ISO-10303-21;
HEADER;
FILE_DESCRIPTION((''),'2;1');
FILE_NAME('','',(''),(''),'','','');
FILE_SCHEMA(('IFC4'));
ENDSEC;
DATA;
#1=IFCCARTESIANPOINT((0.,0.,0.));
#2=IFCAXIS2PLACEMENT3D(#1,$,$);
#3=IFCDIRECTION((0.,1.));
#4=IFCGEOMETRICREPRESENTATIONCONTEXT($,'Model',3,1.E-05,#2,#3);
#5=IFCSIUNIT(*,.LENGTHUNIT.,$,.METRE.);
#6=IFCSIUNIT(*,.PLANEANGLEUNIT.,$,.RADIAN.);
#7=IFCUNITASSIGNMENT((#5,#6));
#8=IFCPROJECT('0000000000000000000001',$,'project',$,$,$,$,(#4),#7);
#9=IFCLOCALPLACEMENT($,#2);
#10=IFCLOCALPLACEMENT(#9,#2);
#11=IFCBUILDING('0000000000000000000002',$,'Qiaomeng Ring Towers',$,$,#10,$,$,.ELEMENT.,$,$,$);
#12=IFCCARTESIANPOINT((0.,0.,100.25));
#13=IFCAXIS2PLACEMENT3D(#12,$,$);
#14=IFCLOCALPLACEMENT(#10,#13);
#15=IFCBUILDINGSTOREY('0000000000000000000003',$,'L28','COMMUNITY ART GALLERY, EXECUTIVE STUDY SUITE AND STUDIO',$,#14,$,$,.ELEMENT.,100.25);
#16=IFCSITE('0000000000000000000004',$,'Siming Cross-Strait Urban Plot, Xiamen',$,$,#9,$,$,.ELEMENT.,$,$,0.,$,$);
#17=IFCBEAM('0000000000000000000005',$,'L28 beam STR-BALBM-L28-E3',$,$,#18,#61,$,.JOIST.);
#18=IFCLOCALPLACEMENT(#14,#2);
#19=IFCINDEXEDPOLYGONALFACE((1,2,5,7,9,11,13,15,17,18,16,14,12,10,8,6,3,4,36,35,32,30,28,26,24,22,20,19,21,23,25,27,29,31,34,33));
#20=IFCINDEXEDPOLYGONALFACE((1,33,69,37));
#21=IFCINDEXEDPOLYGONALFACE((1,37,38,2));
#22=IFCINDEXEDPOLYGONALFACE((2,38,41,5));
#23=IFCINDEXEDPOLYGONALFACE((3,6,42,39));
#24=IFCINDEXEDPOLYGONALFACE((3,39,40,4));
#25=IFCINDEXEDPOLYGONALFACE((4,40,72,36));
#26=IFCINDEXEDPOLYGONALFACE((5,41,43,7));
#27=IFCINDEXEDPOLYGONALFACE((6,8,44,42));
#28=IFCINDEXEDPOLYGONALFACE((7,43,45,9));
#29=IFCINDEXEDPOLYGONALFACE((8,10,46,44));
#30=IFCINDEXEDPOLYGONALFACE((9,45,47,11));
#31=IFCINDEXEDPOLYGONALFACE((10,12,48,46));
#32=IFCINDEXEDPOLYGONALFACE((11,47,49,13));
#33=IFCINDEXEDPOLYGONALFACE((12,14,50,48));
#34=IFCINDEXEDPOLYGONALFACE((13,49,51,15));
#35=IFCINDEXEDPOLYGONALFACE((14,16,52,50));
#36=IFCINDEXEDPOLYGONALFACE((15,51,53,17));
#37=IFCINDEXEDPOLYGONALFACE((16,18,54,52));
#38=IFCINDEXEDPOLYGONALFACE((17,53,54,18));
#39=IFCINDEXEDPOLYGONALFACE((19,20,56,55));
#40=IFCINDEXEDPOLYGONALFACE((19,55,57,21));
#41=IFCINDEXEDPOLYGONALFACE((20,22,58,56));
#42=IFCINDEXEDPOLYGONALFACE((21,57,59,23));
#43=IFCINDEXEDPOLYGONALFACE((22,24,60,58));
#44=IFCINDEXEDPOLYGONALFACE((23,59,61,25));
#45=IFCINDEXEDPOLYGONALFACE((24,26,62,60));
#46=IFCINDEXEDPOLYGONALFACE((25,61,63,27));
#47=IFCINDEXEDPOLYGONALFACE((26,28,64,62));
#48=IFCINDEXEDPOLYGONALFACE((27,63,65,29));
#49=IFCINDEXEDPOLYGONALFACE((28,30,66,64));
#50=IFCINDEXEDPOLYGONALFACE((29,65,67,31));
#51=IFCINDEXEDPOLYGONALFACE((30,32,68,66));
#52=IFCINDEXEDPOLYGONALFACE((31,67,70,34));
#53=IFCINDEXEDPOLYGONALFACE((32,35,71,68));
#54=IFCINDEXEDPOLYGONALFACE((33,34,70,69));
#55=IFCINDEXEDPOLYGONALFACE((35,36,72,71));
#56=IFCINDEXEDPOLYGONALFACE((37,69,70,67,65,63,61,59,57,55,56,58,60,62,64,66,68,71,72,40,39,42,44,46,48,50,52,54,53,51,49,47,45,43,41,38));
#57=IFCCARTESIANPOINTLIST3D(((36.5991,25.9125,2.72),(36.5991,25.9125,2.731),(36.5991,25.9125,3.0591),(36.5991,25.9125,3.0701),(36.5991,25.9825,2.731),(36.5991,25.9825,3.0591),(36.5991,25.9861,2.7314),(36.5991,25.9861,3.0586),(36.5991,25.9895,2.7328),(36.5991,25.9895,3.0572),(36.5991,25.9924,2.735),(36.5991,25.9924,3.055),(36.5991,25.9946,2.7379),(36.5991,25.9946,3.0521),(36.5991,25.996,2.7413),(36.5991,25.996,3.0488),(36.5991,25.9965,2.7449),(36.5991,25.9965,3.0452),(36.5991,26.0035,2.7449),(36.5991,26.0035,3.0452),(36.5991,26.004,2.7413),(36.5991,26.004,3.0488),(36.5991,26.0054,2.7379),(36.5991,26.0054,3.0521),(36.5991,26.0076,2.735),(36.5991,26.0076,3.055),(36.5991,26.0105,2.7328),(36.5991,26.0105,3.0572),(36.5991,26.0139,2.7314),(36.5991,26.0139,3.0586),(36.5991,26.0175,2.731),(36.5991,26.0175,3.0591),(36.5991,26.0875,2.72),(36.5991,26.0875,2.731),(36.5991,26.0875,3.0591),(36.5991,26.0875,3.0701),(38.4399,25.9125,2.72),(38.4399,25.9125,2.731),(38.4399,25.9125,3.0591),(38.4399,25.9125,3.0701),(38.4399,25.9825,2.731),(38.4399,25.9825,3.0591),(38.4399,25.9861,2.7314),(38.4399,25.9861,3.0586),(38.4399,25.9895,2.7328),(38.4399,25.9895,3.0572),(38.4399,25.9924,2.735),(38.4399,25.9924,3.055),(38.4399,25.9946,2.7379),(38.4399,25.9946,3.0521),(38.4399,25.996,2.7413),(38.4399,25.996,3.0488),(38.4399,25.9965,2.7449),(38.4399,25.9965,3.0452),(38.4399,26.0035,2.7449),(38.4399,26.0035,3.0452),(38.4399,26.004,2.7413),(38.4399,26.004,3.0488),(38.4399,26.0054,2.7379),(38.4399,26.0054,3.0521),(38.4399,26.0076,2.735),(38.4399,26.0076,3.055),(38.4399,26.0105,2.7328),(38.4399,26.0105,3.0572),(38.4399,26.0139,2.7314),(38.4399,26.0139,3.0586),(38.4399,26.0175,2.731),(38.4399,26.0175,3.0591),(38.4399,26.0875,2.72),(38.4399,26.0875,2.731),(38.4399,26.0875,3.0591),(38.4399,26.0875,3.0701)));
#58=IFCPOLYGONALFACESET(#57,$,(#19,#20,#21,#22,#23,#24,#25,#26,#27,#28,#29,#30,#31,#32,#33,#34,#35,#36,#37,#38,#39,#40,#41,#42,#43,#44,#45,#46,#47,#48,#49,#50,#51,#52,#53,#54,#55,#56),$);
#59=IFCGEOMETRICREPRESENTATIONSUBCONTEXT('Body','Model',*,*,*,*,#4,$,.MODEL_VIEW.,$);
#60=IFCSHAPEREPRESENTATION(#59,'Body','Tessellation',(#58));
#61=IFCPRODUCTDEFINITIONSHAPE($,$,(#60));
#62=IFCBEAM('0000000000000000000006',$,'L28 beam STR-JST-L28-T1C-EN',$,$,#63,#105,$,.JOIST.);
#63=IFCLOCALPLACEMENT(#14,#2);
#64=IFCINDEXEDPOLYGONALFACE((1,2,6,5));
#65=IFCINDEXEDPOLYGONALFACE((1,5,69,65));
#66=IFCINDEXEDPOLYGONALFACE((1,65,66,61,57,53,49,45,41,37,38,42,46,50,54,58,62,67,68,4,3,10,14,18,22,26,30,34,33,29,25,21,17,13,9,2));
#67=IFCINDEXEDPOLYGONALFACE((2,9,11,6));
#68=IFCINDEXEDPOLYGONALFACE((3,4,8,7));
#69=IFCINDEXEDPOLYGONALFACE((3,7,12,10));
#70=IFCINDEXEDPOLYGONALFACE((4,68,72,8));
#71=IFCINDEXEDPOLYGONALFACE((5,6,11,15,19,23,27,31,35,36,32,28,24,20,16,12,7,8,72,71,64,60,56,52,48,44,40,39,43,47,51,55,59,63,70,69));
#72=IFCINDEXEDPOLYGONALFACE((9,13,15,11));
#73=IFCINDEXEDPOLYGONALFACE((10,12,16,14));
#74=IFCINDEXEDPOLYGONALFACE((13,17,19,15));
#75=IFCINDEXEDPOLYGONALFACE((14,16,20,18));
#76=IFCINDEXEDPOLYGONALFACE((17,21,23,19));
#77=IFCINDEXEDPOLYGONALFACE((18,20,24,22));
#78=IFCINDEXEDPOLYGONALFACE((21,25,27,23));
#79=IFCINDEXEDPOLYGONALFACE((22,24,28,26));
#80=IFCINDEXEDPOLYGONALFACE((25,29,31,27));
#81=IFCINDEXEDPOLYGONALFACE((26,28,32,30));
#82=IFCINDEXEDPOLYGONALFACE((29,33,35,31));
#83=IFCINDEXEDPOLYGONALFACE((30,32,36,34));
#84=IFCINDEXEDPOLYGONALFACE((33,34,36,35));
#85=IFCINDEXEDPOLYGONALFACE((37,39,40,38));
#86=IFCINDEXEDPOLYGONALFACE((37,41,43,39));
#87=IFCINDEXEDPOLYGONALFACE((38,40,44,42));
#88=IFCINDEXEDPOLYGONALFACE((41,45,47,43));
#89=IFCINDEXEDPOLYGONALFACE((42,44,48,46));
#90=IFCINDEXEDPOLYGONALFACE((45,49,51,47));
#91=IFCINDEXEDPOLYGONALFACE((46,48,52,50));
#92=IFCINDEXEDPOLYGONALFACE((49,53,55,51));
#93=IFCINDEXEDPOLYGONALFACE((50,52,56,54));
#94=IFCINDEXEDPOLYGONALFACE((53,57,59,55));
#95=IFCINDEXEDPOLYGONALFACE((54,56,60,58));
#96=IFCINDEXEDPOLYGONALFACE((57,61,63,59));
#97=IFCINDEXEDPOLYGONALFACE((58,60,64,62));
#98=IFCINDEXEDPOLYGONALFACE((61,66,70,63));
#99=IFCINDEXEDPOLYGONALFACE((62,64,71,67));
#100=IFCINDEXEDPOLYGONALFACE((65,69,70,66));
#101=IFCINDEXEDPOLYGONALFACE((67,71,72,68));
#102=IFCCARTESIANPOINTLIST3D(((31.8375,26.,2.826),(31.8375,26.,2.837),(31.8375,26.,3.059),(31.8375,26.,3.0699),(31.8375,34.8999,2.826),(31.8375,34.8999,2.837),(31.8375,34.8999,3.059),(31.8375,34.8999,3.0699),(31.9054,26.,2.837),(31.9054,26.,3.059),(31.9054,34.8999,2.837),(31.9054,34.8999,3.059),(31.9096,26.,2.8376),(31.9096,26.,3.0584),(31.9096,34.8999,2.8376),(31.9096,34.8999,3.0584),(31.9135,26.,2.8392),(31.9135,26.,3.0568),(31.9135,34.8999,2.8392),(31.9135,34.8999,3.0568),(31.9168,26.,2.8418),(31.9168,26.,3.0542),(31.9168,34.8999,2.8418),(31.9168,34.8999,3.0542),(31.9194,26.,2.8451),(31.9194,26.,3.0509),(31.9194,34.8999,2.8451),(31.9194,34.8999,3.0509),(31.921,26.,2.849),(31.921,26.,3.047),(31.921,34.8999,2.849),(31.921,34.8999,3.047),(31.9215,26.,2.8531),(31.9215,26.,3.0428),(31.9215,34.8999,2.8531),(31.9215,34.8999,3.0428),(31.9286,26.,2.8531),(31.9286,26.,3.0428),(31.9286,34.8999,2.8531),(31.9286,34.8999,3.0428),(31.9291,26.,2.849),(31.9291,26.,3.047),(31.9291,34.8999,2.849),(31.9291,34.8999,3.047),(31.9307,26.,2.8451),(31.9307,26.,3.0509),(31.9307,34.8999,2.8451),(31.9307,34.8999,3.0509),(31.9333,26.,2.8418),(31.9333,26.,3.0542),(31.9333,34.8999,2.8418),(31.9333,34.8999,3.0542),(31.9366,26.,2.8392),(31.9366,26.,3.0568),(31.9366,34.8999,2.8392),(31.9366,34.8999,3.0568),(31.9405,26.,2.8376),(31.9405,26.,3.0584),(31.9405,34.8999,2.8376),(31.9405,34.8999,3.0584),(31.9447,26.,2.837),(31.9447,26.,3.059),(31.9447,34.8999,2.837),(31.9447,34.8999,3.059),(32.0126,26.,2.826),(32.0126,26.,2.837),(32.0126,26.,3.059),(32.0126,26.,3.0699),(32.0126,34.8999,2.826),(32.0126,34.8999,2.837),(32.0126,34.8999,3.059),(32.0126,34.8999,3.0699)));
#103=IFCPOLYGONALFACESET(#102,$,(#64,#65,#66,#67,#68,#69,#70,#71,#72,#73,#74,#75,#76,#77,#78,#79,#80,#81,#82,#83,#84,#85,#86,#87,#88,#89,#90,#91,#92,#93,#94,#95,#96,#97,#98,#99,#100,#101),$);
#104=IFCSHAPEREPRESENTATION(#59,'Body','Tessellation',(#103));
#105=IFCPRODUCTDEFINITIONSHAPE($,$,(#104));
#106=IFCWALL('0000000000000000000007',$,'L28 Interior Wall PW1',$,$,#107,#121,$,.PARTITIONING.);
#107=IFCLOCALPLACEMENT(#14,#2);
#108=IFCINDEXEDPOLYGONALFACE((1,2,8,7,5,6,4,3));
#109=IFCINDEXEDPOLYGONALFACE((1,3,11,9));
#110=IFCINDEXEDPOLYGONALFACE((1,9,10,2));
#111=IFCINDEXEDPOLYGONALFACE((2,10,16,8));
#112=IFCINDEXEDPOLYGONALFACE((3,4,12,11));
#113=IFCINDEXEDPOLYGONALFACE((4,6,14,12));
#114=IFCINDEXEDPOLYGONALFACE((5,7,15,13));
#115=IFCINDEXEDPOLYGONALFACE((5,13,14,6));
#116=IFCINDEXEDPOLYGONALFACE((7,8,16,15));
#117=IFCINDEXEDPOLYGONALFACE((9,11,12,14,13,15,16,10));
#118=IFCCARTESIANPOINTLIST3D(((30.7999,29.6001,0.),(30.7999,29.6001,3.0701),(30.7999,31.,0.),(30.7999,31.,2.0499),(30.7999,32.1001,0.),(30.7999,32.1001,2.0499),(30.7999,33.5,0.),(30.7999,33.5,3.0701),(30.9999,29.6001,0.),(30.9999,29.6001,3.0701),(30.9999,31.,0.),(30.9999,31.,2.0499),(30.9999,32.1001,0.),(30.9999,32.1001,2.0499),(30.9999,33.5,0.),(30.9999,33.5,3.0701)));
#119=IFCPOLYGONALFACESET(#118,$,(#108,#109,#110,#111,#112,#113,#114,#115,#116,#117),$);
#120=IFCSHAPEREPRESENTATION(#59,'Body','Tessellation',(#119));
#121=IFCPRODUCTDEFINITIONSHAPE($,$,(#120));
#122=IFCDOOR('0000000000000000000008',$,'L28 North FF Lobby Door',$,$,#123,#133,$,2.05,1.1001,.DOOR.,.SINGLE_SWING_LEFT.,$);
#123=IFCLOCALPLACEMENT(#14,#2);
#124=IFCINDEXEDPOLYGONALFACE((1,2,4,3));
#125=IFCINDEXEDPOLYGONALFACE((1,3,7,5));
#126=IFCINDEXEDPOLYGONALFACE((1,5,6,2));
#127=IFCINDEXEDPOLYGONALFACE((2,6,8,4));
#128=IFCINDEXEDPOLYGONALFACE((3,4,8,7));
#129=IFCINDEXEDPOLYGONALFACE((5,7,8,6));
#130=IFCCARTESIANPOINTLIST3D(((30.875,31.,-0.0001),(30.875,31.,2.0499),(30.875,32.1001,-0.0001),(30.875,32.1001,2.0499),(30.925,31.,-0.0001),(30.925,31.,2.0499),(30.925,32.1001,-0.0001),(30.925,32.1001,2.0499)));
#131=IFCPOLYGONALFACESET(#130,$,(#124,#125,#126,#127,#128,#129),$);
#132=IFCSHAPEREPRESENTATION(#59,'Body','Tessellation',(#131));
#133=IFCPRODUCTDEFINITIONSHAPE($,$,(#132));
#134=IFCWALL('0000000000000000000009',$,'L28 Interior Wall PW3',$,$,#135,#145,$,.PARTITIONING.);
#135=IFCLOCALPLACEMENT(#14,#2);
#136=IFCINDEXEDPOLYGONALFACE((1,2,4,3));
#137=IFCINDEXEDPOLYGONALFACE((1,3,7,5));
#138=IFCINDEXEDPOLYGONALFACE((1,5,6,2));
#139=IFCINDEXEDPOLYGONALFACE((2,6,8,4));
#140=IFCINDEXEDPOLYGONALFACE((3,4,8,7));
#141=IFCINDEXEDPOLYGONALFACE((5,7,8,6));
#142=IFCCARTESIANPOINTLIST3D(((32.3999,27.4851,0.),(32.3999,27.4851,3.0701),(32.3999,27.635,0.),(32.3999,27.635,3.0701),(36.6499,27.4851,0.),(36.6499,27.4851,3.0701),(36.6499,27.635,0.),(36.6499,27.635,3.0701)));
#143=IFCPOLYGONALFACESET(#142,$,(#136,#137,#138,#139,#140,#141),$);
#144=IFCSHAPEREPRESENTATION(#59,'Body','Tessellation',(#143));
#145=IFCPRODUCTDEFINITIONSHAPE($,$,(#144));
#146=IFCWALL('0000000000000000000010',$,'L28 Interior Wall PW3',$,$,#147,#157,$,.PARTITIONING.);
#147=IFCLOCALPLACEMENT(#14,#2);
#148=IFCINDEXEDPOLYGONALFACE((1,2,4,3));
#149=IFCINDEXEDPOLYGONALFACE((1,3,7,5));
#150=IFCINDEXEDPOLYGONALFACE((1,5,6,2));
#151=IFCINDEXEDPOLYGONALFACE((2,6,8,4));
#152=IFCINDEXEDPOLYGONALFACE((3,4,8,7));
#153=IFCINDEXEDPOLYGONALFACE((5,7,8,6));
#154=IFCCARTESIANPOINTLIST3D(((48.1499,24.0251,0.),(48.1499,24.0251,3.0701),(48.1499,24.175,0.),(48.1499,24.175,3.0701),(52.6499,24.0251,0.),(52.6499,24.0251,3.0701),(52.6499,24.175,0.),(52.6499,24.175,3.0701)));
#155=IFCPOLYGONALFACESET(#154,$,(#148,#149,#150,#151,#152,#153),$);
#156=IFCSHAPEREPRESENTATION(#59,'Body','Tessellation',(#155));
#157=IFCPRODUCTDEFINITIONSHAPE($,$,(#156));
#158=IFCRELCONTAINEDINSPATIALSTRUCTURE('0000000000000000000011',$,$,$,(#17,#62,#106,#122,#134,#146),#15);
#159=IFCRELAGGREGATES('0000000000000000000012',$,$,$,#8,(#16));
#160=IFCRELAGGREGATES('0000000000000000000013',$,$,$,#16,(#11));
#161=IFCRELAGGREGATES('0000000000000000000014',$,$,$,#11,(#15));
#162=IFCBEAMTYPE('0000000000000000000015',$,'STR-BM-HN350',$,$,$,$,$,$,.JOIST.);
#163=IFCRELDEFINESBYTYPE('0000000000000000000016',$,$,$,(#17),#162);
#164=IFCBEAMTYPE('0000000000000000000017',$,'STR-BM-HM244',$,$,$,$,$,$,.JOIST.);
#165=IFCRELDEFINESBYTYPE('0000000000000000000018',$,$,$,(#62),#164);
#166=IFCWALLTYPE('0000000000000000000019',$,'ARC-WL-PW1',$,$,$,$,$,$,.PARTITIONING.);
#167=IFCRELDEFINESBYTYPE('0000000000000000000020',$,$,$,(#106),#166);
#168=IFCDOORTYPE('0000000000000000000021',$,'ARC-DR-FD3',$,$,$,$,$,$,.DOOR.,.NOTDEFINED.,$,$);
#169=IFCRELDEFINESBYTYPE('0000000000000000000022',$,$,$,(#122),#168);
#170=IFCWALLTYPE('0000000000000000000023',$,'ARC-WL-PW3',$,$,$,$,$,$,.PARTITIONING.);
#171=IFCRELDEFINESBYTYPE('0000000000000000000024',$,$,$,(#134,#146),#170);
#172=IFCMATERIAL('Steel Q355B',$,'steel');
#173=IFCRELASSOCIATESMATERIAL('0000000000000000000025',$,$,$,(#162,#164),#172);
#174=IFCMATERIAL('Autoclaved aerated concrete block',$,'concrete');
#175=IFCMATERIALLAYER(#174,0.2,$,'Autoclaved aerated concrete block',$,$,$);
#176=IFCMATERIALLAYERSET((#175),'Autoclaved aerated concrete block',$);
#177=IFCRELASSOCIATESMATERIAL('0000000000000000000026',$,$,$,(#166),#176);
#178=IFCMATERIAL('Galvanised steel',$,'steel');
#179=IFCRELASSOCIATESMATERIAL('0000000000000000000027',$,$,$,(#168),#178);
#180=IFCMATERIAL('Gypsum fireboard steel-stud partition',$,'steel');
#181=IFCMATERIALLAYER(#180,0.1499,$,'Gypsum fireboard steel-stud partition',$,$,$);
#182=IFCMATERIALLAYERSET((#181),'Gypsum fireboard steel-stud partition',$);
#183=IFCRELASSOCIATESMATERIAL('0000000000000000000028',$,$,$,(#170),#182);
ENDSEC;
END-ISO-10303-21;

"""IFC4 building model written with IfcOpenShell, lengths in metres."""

from ifc_helpers import new_model, si_unit, direction, frame, frame_2d, origin, origin_2d, place, context, subcontext, project, spatial, rectangle, i_section, extrude, source, transform, mapped, material, layer, layer_set, material_profile, profile_set, type_object, element, fill, save


model = new_model("IFC4")

# Units and contexts
model_context = context("Model", 3, precision=1e-05, world=origin(), true_north=direction((0.0, 1.0)))
body_context = subcontext(model_context, "Body", "Model", "MODEL_VIEW")
ifc_project = project(units=[si_unit("LENGTHUNIT", "METRE"), si_unit("PLANEANGLEUNIT", "RADIAN")], contexts=[model_context])

# Site, building, storey
site_placement = place(None, origin())
site = spatial("IfcSite", under=ifc_project, at=site_placement, Name="Siming Cross-Strait Urban Plot, Xiamen", CompositionType="ELEMENT", RefElevation=0.0)
building_placement = place(site_placement, origin())
building = spatial("IfcBuilding", under=site, at=building_placement, Name="Qiaomeng Ring Towers", CompositionType="ELEMENT")
storey_placement = place(building_placement, frame((0.0, 0.0, 100.25)))
storey = spatial("IfcBuildingStorey", under=building, at=storey_placement, Name="L28", Description="COMMUNITY ART GALLERY, EXECUTIVE STUDY SUITE AND STUDIO", CompositionType="ELEMENT", Elevation=100.25)

# Beams
ifc_material_1 = material(Name="Steel Q355B", Category="steel")
ifc_material_profile_1 = material_profile(ifc_material_1, i_section(OverallWidth=0.175, OverallDepth=0.3501, WebThickness=0.0071, FlangeThickness=0.011, FilletRadius=0.0139, at=origin_2d()), Name="HN 350x175x7x11")
ifc_profile_set_1 = profile_set([ifc_material_profile_1], Name="Steel Q355B")
beam_type_1 = type_object("IfcBeamType", Name="STR-BM-HN350", PredefinedType="JOIST", material=ifc_profile_set_1)
shared_shape_1 = source(origin(), body_context, "Body", "SweptSolid", [
    extrude(i_section(OverallWidth=0.175, OverallDepth=0.3501, WebThickness=0.0071, FlangeThickness=0.011, FilletRadius=0.0139, at=origin_2d()), origin(), (0.0, 0.0, 1.0), 1.8408),
])
beam_1_placement = place(storey_placement, frame((36.5991, 26.0, 2.895), z_axis=(1.0, 0.0, 0.0), x_axis=(0.0, 1.0, 0.0)))
element("IfcBeam", 1, at=beam_1_placement, inside=storey, type_object=beam_type_1, Name="L28 beam STR-BALBM-L28-E3", PredefinedType="JOIST", context=body_context, shape_type="MappedRepresentation", body=[
    mapped(shared_shape_1, transform((0.0, 0.0, 0.0), x_axis=(1.0, 0.0, 0.0), y_axis=(0.0, 1.0, 0.0), z_axis=(0.0, 0.0, 1.0), scale=1.0)),
])
ifc_material_profile_2 = material_profile(ifc_material_1, i_section(OverallWidth=0.175, OverallDepth=0.2439, WebThickness=0.0071, FlangeThickness=0.011, FilletRadius=0.0161, at=origin_2d()), Name="HM 244x175x7x11")
ifc_profile_set_2 = profile_set([ifc_material_profile_2], Name="Steel Q355B")
beam_type_2 = type_object("IfcBeamType", Name="STR-BM-HM244", PredefinedType="JOIST", material=ifc_profile_set_2)
shared_shape_2 = source(origin(), body_context, "Body", "SweptSolid", [
    extrude(i_section(OverallWidth=0.175, OverallDepth=0.2439, WebThickness=0.0071, FlangeThickness=0.011, FilletRadius=0.0161, at=origin_2d()), origin(), (0.0, 0.0, 1.0), 8.8999),
])
beam_2_placement = place(storey_placement, frame((31.925, 26.0, 2.948), z_axis=(0.0, 1.0, 0.0), x_axis=(-1.0, 0.0, 0.0)))
element("IfcBeam", 2, at=beam_2_placement, inside=storey, type_object=beam_type_2, Name="L28 beam STR-JST-L28-T1C-EN", PredefinedType="JOIST", context=body_context, shape_type="MappedRepresentation", body=[
    mapped(shared_shape_2, transform((0.0, 0.0, 0.0), x_axis=(1.0, 0.0, 0.0), y_axis=(0.0, 1.0, 0.0), z_axis=(0.0, 0.0, 1.0), scale=1.0)),
])

# Wall, opening, door
ifc_material_2 = material(Name="Autoclaved aerated concrete block", Category="concrete")
ifc_layer_1 = layer(ifc_material_2, 0.2, Name="Autoclaved aerated concrete block")
ifc_layer_set_1 = layer_set([ifc_layer_1], Name="Autoclaved aerated concrete block")
wall_type_1 = type_object("IfcWallType", Name="ARC-WL-PW1", PredefinedType="PARTITIONING", material=ifc_layer_set_1)
wall_1_placement = place(storey_placement, frame((30.8999, 29.6001, 0.0), z_axis=(0.0, 0.0, 1.0), x_axis=(0.0, 1.0, 0.0)))
wall_1 = element("IfcWall", 3, at=wall_1_placement, inside=storey, type_object=wall_type_1, Name="L28 Interior Wall PW1", PredefinedType="PARTITIONING", context=body_context, shape_type="SweptSolid", body=[
    extrude(rectangle(XDim=3.8999, YDim=0.2, at=frame_2d((1.95, 0.0))), origin(), (0.0, 0.0, 1.0), 3.0701),
])
opening_1_placement = place(wall_1_placement, frame((1.3999, 0.0, 0.0)))
opening_1 = element("IfcOpeningElement", 4, at=opening_1_placement, cuts=wall_1, PredefinedType="OPENING", context=body_context, shape_type="SweptSolid", body=[
    extrude(rectangle(XDim=1.1001, YDim=2.05, at=frame_2d((0.55, 1.0249))), frame((0.0, 0.1099, 0.0), z_axis=(0.0, -1.0, 0.0), x_axis=(1.0, 0.0, 0.0)), (0.0, 0.0, 1.0), 0.22),
])
ifc_material_3 = material(Name="Galvanised steel", Category="steel")
door_type_1 = type_object("IfcDoorType", Name="ARC-DR-FD3", OperationType="NOTDEFINED", PredefinedType="DOOR", material=ifc_material_3)
shared_shape_3 = source(origin(), body_context, "Body", "SweptSolid", [
    extrude(rectangle(XDim=1.1001, YDim=2.05, at=frame_2d((0.55, 1.0249))), frame((0.0, 0.0249, 0.0), z_axis=(0.0, -1.0, 0.0), x_axis=(1.0, 0.0, 0.0)), (0.0, 0.0, 1.0), 0.05),
])
door_1_placement = place(opening_1_placement, origin())
door_1 = element("IfcDoor", 5, at=door_1_placement, inside=storey, type_object=door_type_1, Name="L28 North FF Lobby Door", OperationType="SINGLE_SWING_LEFT", OverallHeight=2.05, OverallWidth=1.1001, PredefinedType="DOOR", context=body_context, shape_type="MappedRepresentation", body=[
    mapped(shared_shape_3, transform((0.0, 0.0, 0.0), x_axis=(1.0, 0.0, 0.0), y_axis=(0.0, 1.0, 0.0), z_axis=(0.0, 0.0, 1.0), scale=1.0)),
])
fill(opening_1, door_1)

# Walls
ifc_material_4 = material(Name="Gypsum fireboard steel-stud partition", Category="steel")
ifc_layer_2 = layer(ifc_material_4, 0.1499, Name="Gypsum fireboard steel-stud partition")
ifc_layer_set_2 = layer_set([ifc_layer_2], Name="Gypsum fireboard steel-stud partition")
wall_type_2 = type_object("IfcWallType", Name="ARC-WL-PW3", PredefinedType="PARTITIONING", material=ifc_layer_set_2)
wall_2_placement = place(storey_placement, frame((32.3999, 27.5601, 0.0), z_axis=(0.0, 0.0, 1.0), x_axis=(1.0, 0.0, 0.0)))
element("IfcWall", 6, at=wall_2_placement, inside=storey, type_object=wall_type_2, Name="L28 Interior Wall PW3", PredefinedType="PARTITIONING", context=body_context, shape_type="SweptSolid", body=[
    extrude(rectangle(XDim=4.25, YDim=0.1499, at=frame_2d((2.125, 0.0))), origin(), (0.0, 0.0, 1.0), 3.0701),
])
wall_3_placement = place(storey_placement, frame((48.1499, 24.1001, 0.0), z_axis=(0.0, 0.0, 1.0), x_axis=(1.0, 0.0, 0.0)))
element("IfcWall", 7, at=wall_3_placement, inside=storey, type_object=wall_type_2, Name="L28 Interior Wall PW3", PredefinedType="PARTITIONING", context=body_context, shape_type="SweptSolid", body=[
    extrude(rectangle(XDim=4.5, YDim=0.1499, at=frame_2d((2.25, 0.0))), origin(), (0.0, 0.0, 1.0), 3.0701),
])

save(model, "model.ifc")
